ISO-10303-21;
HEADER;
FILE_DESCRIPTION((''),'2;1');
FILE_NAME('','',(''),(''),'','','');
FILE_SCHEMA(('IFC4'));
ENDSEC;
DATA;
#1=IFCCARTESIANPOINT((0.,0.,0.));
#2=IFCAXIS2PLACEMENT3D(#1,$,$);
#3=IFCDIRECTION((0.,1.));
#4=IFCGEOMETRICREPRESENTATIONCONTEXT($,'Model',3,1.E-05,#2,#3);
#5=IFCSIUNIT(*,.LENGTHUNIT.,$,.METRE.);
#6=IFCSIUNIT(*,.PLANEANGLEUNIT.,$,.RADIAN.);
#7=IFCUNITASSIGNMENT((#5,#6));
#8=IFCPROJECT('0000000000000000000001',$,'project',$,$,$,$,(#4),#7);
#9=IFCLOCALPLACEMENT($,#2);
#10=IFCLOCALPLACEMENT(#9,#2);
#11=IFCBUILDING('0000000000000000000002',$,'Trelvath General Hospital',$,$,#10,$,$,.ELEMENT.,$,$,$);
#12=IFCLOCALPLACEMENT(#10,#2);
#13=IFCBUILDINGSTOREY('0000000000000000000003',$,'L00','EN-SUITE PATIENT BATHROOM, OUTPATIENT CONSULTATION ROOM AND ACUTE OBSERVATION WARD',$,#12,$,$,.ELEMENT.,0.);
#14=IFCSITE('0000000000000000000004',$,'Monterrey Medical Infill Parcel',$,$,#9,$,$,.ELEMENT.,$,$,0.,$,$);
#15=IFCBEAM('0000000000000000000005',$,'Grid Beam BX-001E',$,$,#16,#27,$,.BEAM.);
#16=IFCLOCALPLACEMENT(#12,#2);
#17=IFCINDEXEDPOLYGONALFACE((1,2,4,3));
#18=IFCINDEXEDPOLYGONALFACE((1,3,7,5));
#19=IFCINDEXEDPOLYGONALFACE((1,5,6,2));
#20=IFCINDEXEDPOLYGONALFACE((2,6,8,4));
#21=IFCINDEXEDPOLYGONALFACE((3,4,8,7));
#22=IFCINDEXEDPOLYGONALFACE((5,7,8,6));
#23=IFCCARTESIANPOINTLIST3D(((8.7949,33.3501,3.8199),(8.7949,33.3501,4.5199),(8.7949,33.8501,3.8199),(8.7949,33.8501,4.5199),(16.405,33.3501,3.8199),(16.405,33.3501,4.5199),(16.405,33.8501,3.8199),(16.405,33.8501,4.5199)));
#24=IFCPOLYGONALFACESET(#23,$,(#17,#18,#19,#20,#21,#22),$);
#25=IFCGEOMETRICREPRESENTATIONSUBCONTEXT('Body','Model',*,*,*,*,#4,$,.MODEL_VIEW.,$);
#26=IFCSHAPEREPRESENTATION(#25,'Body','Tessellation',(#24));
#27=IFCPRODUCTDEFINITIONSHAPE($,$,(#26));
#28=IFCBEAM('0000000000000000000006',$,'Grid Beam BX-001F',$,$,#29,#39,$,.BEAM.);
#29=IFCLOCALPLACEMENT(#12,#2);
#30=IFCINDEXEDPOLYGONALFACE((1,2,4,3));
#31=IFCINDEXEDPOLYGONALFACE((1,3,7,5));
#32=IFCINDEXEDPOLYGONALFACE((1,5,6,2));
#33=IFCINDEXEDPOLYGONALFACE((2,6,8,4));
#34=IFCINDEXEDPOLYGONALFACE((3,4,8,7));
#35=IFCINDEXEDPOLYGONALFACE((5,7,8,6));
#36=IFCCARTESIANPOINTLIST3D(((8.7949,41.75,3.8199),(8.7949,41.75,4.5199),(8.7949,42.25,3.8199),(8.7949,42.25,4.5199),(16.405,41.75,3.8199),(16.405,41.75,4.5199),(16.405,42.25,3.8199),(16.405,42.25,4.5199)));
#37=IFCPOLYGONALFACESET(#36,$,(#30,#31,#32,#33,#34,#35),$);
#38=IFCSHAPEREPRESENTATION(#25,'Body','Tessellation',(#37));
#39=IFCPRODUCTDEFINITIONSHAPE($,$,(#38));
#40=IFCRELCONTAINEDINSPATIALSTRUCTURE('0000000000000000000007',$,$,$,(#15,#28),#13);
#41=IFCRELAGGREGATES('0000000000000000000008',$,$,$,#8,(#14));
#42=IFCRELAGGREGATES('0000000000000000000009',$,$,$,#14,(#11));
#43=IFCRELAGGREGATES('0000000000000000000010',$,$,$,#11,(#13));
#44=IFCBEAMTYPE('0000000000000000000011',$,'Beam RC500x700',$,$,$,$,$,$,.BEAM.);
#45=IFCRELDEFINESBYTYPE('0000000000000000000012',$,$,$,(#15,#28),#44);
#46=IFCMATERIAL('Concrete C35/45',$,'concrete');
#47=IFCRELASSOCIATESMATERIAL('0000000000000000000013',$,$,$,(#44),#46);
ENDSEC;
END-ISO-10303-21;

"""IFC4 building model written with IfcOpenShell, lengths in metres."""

from ifc_helpers import new_model, si_unit, direction, frame, origin, origin_2d, place, context, subcontext, project, spatial, rectangle, extrude, material, material_profile, profile_set, type_object, element, save


model = new_model("IFC4")

# Units and contexts
model_context = context("Model", 3, precision=1e-05, world=origin(), true_north=direction((0.0, 1.0)))
body_context = subcontext(model_context, "Body", "Model", "MODEL_VIEW")
ifc_project = project(units=[si_unit("LENGTHUNIT", "METRE"), si_unit("PLANEANGLEUNIT", "RADIAN")], contexts=[model_context])

# Site, building, storey
site_placement = place(None, origin())
site = spatial("IfcSite", under=ifc_project, at=site_placement, Name="Monterrey Medical Infill Parcel", CompositionType="ELEMENT", RefElevation=0.0)
building_placement = place(site_placement, origin())
building = spatial("IfcBuilding", under=site, at=building_placement, Name="Trelvath General Hospital", CompositionType="ELEMENT")
storey_placement = place(building_placement, origin())
storey = spatial("IfcBuildingStorey", under=building, at=storey_placement, Name="L00", Description="EN-SUITE PATIENT BATHROOM, OUTPATIENT CONSULTATION ROOM AND ACUTE OBSERVATION WARD", CompositionType="ELEMENT", Elevation=0.0)

# Beams
ifc_material_1 = material(Name="Concrete C35/45", Category="concrete")
ifc_material_profile_1 = material_profile(ifc_material_1, rectangle(XDim=0.5, YDim=0.7, at=origin_2d()), Name="RCB500x700")
ifc_profile_set_1 = profile_set([ifc_material_profile_1], Name="Concrete C35/45")
beam_type_1 = type_object("IfcBeamType", Name="Beam RC500x700", PredefinedType="BEAM", material=ifc_profile_set_1)
for number, where, z_axis, x_axis, name in (
    (1, (8.7949, 33.6001, 4.1699), (1.0, 0.0, 0.0), (0.0, 1.0, 0.0), "Grid Beam BX-001E"),
    (2, (8.7949, 42.0, 4.1699), (1.0, 0.0, 0.0), (0.0, 1.0, 0.0), "Grid Beam BX-001F"),
):
    element("IfcBeam", number, at=place(storey_placement, frame(where, z_axis=z_axis, x_axis=x_axis)), inside=storey, type_object=beam_type_1, Name=name, PredefinedType="BEAM", context=body_context, shape_type="SweptSolid", body=[
        extrude(rectangle(XDim=0.5, YDim=0.7, at=origin_2d()), origin(), (0.0, 0.0, 1.0), 7.6101),
    ])

save(model, "model.ifc")
